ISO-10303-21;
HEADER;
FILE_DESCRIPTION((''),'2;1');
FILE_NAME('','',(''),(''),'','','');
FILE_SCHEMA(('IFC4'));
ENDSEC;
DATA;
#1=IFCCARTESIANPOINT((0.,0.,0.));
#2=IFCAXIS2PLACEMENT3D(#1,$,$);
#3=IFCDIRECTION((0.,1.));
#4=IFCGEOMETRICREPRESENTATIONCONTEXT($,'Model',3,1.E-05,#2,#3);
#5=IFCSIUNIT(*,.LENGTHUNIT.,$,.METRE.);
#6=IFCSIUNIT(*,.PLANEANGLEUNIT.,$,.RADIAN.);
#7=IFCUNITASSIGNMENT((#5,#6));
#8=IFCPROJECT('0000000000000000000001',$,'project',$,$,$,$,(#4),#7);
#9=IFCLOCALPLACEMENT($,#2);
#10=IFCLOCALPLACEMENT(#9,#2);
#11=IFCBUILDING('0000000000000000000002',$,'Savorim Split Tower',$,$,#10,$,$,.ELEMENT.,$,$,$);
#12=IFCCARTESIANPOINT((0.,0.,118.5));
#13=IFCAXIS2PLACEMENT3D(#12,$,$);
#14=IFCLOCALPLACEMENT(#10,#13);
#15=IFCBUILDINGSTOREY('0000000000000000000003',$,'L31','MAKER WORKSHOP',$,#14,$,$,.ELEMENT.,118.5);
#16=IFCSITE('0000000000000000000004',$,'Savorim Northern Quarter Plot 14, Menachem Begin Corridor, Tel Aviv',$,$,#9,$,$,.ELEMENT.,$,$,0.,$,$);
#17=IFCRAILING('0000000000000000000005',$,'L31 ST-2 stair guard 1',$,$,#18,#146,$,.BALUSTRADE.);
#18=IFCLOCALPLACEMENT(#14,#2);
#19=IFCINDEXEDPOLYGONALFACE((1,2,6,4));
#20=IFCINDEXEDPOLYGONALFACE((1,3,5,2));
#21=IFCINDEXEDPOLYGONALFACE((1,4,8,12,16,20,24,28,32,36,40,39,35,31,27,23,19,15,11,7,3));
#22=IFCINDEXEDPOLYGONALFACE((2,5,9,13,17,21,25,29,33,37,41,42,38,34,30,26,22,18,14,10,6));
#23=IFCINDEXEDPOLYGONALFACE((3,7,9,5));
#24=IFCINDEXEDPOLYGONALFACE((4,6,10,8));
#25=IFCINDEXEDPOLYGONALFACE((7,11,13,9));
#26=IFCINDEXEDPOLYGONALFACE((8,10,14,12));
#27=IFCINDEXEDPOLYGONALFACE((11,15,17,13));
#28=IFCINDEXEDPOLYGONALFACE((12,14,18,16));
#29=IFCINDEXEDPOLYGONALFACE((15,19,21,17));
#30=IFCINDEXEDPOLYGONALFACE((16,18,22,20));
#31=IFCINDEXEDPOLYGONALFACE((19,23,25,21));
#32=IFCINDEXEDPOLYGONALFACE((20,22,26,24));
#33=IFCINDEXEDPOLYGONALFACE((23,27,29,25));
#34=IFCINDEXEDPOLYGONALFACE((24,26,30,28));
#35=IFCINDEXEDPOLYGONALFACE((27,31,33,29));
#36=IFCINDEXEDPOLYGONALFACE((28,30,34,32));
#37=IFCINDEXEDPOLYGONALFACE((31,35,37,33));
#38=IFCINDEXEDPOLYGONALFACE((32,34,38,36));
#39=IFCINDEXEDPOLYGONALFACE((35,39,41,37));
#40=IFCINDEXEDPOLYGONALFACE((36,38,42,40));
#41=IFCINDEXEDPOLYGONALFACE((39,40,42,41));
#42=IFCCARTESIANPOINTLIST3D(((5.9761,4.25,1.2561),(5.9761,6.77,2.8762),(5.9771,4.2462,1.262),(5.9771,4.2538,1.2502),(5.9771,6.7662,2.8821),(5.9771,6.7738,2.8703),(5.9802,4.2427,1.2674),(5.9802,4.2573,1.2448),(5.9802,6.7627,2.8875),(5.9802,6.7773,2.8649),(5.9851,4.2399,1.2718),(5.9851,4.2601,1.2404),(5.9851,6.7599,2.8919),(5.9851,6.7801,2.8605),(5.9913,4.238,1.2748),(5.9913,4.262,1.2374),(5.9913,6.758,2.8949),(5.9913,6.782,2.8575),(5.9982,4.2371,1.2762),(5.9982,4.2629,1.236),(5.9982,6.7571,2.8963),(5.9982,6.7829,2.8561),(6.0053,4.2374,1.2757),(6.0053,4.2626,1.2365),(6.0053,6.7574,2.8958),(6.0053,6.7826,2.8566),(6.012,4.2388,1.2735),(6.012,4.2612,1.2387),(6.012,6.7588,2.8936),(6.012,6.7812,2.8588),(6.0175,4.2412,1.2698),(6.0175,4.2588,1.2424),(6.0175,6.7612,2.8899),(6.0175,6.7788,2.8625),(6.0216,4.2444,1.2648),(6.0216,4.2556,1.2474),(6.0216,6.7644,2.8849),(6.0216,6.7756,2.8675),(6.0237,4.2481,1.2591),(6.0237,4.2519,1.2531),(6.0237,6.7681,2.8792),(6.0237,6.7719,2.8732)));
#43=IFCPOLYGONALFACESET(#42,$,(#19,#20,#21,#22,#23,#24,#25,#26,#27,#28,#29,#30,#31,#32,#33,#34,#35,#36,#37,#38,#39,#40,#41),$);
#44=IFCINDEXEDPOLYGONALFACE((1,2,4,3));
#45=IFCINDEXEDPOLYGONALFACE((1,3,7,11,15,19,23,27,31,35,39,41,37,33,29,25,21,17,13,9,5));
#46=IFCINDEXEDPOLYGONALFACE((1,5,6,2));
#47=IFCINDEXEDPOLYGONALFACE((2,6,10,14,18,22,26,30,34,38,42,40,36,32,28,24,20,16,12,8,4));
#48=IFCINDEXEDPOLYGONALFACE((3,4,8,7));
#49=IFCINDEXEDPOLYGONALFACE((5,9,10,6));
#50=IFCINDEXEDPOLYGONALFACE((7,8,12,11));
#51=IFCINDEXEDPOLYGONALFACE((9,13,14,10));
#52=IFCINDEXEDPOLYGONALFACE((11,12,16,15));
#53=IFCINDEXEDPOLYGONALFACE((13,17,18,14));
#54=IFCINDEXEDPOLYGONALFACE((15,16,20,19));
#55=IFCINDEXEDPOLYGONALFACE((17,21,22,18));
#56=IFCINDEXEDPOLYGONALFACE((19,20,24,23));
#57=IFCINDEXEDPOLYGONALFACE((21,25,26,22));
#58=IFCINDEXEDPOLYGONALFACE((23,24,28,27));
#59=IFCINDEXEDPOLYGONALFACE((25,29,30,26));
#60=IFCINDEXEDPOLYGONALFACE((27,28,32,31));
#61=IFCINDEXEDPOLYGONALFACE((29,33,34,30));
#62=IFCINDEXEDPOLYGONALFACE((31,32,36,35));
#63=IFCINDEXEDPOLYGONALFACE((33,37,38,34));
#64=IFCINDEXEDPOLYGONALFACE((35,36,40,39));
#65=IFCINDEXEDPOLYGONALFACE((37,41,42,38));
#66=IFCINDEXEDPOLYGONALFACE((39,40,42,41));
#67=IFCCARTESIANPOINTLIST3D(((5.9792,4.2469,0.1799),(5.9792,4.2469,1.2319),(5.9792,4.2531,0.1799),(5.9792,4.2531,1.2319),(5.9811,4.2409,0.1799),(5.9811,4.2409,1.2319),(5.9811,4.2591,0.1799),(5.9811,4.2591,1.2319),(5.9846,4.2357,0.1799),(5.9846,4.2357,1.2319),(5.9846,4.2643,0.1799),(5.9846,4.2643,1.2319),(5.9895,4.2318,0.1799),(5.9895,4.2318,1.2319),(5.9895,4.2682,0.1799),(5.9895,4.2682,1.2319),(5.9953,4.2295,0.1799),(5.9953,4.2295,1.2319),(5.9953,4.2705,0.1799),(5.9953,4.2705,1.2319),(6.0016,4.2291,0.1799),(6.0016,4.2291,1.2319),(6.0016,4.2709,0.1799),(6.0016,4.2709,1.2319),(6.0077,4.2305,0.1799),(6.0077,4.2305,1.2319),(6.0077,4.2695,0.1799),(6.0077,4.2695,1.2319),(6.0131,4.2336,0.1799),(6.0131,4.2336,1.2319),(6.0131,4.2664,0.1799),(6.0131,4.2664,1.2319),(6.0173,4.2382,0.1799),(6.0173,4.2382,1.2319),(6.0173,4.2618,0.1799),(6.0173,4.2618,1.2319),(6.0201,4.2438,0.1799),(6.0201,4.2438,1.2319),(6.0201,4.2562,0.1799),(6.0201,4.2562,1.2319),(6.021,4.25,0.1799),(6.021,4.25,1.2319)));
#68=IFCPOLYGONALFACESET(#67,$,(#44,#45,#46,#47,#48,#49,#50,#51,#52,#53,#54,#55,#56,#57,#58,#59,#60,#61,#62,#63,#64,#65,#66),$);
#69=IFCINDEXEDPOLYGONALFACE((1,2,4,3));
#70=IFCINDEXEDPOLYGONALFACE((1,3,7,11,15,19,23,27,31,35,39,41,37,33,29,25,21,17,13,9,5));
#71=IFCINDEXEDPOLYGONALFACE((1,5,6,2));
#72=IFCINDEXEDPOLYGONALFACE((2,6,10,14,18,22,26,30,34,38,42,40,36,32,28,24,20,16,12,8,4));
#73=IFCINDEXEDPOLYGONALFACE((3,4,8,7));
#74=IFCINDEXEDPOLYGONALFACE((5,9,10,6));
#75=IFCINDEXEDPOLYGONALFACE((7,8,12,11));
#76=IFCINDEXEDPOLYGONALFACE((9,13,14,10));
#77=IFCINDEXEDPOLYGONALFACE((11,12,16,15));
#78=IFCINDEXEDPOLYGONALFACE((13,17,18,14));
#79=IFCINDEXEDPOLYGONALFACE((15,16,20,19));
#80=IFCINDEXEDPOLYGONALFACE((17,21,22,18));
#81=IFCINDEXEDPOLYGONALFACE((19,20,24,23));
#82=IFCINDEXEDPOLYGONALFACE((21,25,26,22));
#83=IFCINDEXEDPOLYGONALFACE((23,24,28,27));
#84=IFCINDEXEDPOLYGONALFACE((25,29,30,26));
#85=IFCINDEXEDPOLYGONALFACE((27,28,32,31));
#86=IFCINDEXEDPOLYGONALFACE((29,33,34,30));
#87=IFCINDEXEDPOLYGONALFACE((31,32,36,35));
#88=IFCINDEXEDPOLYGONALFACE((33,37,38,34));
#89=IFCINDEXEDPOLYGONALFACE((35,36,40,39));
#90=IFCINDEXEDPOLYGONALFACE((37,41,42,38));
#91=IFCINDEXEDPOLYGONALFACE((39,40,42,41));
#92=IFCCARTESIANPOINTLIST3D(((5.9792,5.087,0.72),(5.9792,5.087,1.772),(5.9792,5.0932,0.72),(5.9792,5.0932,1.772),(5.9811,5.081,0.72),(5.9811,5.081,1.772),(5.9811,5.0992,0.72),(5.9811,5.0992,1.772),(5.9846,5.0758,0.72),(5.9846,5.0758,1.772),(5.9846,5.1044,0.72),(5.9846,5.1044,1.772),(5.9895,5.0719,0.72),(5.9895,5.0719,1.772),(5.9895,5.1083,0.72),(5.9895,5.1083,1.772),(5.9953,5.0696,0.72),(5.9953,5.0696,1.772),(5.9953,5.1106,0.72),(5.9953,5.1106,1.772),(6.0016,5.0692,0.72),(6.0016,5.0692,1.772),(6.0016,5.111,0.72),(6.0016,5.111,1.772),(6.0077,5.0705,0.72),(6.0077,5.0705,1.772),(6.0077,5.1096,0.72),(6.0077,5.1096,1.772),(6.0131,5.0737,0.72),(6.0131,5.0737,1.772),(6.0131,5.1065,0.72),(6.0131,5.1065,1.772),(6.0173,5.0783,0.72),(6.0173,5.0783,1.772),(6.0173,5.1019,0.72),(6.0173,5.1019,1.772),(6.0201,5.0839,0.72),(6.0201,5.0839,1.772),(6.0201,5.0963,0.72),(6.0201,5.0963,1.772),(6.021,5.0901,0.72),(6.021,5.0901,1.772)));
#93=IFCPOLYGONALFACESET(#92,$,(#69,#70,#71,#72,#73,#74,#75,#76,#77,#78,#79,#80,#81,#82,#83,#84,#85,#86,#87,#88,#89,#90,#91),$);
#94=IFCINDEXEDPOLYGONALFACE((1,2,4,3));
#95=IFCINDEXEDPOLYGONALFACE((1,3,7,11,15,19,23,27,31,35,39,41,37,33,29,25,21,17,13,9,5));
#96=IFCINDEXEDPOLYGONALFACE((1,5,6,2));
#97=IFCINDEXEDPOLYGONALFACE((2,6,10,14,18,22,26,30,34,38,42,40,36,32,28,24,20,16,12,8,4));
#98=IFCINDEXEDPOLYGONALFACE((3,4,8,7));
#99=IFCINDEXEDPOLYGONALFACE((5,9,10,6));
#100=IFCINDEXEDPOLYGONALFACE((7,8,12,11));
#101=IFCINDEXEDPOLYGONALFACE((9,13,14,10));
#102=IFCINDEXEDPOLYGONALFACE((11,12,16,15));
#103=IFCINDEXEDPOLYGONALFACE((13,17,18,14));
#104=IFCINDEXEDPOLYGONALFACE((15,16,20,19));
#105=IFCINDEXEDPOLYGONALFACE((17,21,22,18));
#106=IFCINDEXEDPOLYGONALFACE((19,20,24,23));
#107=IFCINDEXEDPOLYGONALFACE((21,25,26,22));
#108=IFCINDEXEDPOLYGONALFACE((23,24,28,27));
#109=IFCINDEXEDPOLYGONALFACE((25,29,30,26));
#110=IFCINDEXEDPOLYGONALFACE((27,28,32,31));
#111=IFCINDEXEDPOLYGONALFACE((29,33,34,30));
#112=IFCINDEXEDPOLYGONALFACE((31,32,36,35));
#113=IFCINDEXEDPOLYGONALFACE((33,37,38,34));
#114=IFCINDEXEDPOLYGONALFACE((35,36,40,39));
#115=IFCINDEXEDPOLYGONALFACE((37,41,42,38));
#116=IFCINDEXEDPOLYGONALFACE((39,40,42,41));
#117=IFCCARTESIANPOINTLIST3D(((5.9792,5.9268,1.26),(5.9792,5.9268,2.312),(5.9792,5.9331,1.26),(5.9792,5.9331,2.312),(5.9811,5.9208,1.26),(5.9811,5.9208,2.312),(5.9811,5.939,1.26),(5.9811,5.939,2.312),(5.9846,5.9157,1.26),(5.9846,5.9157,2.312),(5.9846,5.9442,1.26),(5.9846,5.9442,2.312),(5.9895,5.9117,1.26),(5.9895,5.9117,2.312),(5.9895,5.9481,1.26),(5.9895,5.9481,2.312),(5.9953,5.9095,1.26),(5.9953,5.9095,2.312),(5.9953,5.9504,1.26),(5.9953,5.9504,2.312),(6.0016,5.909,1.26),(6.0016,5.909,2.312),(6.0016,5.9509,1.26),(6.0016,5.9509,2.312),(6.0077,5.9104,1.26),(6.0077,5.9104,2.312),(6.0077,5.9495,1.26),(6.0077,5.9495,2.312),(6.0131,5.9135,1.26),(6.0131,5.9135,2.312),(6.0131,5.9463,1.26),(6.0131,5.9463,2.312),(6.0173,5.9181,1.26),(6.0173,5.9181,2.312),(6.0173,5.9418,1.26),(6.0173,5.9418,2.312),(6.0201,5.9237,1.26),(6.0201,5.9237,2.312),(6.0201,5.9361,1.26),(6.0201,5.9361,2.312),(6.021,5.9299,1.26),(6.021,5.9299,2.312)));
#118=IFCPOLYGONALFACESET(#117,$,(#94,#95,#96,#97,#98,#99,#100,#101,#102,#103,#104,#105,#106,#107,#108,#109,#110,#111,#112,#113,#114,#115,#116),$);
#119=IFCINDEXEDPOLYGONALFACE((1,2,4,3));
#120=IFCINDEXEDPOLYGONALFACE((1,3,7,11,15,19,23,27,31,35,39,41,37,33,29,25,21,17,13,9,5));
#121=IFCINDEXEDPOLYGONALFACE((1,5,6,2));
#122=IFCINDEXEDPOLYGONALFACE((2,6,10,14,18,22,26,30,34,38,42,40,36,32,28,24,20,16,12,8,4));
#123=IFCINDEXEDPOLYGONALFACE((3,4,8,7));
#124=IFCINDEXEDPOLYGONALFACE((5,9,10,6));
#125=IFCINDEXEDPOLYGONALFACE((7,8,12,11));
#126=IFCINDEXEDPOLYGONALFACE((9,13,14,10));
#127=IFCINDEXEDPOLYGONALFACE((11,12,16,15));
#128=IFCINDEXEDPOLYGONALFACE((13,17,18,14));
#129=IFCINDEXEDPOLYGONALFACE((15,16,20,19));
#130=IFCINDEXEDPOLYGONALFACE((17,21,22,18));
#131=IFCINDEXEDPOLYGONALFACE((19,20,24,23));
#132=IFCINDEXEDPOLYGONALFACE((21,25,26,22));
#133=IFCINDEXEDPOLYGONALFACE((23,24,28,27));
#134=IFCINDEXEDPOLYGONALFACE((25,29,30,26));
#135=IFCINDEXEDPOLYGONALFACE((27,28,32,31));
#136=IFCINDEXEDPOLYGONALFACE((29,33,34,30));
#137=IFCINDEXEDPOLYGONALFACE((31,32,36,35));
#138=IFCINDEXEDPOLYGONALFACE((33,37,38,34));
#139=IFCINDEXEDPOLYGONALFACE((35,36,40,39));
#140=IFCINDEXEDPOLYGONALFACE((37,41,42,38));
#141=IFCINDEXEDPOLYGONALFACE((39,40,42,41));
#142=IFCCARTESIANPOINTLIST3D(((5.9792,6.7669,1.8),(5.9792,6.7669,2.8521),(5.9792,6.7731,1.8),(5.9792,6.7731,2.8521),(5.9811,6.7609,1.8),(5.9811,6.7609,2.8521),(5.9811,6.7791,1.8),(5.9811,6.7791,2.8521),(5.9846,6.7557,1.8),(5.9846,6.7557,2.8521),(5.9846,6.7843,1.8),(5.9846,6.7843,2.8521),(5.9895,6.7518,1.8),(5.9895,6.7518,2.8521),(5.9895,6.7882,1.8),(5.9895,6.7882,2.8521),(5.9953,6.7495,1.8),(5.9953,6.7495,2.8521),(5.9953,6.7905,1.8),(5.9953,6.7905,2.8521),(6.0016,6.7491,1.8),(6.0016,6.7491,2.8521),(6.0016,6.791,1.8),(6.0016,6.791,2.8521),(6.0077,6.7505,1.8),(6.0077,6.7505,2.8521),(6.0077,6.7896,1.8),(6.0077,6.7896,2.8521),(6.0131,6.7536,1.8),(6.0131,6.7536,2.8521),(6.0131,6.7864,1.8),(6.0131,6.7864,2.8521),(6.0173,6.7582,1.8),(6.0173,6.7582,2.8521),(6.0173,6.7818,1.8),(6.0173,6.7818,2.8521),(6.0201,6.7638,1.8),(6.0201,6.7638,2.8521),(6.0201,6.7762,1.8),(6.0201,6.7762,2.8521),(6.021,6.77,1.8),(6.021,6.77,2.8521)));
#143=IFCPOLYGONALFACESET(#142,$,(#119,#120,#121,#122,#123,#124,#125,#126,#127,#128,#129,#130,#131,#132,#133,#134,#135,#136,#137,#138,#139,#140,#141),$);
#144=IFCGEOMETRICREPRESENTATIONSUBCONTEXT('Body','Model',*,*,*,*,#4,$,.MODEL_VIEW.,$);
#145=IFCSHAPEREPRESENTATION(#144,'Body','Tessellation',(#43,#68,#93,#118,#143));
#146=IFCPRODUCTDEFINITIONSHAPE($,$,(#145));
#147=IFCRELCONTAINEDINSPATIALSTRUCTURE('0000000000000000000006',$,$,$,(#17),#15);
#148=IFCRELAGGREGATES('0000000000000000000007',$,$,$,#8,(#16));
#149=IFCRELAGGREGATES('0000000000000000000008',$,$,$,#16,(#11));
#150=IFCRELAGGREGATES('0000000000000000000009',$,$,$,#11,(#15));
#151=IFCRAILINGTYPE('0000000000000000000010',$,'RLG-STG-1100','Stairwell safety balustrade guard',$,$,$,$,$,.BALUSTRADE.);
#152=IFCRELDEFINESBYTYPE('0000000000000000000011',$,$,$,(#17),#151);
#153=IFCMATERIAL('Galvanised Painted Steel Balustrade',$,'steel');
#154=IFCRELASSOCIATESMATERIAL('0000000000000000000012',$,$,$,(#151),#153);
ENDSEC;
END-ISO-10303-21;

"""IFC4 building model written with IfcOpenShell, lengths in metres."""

from ifc_helpers import new_model, si_unit, direction, frame, origin, origin_2d, place, context, subcontext, project, spatial, circle, extrude, material, type_object, element, save


model = new_model("IFC4")

# Units and contexts
model_context = context("Model", 3, precision=1e-05, world=origin(), true_north=direction((0.0, 1.0)))
body_context = subcontext(model_context, "Body", "Model", "MODEL_VIEW")
ifc_project = project(units=[si_unit("LENGTHUNIT", "METRE"), si_unit("PLANEANGLEUNIT", "RADIAN")], contexts=[model_context])

# Site, building, storey
site_placement = place(None, origin())
site = spatial("IfcSite", under=ifc_project, at=site_placement, Name="Savorim Northern Quarter Plot 14, Menachem Begin Corridor, Tel Aviv", CompositionType="ELEMENT", RefElevation=0.0)
building_placement = place(site_placement, origin())
building = spatial("IfcBuilding", under=site, at=building_placement, Name="Savorim Split Tower", CompositionType="ELEMENT")
storey_placement = place(building_placement, frame((0.0, 0.0, 118.5)))
storey = spatial("IfcBuildingStorey", under=building, at=storey_placement, Name="L31", Description="MAKER WORKSHOP", CompositionType="ELEMENT", Elevation=118.5)

# Railing
ifc_material_1 = material(Name="Galvanised Painted Steel Balustrade", Category="steel")
railing_type_1 = type_object("IfcRailingType", Name="RLG-STG-1100", Description="Stairwell safety balustrade guard", PredefinedType="BALUSTRADE", material=ifc_material_1)
railing_1_placement = place(storey_placement, frame((6.0, 4.25, 0.1799)))
element("IfcRailing", 1, at=railing_1_placement, inside=storey, type_object=railing_type_1, Name="L31 ST-2 stair guard 1", PredefinedType="BALUSTRADE", context=body_context, shape_type="SweptSolid", body=[
    extrude(circle(Radius=0.0239, at=origin_2d()), frame((0.0, 0.0, 1.0762), z_axis=(0.0, 0.841163, 0.540782), x_axis=(-1.0, 0.0, 0.0)), (0.0, 0.0, 1.0), 2.9958),
    extrude(circle(Radius=0.021, at=origin_2d()), origin(), (0.0, 0.0, 1.0), 1.052),
    extrude(circle(Radius=0.021, at=origin_2d()), frame((0.0, 0.8401, 0.54)), (0.0, 0.0, 1.0), 1.052),
    extrude(circle(Radius=0.021, at=origin_2d()), frame((0.0, 1.6799, 1.0801)), (0.0, 0.0, 1.0), 1.052),
    extrude(circle(Radius=0.021, at=origin_2d()), frame((0.0, 2.52, 1.6201)), (0.0, 0.0, 1.0), 1.052),
])

save(model, "model.ifc")
